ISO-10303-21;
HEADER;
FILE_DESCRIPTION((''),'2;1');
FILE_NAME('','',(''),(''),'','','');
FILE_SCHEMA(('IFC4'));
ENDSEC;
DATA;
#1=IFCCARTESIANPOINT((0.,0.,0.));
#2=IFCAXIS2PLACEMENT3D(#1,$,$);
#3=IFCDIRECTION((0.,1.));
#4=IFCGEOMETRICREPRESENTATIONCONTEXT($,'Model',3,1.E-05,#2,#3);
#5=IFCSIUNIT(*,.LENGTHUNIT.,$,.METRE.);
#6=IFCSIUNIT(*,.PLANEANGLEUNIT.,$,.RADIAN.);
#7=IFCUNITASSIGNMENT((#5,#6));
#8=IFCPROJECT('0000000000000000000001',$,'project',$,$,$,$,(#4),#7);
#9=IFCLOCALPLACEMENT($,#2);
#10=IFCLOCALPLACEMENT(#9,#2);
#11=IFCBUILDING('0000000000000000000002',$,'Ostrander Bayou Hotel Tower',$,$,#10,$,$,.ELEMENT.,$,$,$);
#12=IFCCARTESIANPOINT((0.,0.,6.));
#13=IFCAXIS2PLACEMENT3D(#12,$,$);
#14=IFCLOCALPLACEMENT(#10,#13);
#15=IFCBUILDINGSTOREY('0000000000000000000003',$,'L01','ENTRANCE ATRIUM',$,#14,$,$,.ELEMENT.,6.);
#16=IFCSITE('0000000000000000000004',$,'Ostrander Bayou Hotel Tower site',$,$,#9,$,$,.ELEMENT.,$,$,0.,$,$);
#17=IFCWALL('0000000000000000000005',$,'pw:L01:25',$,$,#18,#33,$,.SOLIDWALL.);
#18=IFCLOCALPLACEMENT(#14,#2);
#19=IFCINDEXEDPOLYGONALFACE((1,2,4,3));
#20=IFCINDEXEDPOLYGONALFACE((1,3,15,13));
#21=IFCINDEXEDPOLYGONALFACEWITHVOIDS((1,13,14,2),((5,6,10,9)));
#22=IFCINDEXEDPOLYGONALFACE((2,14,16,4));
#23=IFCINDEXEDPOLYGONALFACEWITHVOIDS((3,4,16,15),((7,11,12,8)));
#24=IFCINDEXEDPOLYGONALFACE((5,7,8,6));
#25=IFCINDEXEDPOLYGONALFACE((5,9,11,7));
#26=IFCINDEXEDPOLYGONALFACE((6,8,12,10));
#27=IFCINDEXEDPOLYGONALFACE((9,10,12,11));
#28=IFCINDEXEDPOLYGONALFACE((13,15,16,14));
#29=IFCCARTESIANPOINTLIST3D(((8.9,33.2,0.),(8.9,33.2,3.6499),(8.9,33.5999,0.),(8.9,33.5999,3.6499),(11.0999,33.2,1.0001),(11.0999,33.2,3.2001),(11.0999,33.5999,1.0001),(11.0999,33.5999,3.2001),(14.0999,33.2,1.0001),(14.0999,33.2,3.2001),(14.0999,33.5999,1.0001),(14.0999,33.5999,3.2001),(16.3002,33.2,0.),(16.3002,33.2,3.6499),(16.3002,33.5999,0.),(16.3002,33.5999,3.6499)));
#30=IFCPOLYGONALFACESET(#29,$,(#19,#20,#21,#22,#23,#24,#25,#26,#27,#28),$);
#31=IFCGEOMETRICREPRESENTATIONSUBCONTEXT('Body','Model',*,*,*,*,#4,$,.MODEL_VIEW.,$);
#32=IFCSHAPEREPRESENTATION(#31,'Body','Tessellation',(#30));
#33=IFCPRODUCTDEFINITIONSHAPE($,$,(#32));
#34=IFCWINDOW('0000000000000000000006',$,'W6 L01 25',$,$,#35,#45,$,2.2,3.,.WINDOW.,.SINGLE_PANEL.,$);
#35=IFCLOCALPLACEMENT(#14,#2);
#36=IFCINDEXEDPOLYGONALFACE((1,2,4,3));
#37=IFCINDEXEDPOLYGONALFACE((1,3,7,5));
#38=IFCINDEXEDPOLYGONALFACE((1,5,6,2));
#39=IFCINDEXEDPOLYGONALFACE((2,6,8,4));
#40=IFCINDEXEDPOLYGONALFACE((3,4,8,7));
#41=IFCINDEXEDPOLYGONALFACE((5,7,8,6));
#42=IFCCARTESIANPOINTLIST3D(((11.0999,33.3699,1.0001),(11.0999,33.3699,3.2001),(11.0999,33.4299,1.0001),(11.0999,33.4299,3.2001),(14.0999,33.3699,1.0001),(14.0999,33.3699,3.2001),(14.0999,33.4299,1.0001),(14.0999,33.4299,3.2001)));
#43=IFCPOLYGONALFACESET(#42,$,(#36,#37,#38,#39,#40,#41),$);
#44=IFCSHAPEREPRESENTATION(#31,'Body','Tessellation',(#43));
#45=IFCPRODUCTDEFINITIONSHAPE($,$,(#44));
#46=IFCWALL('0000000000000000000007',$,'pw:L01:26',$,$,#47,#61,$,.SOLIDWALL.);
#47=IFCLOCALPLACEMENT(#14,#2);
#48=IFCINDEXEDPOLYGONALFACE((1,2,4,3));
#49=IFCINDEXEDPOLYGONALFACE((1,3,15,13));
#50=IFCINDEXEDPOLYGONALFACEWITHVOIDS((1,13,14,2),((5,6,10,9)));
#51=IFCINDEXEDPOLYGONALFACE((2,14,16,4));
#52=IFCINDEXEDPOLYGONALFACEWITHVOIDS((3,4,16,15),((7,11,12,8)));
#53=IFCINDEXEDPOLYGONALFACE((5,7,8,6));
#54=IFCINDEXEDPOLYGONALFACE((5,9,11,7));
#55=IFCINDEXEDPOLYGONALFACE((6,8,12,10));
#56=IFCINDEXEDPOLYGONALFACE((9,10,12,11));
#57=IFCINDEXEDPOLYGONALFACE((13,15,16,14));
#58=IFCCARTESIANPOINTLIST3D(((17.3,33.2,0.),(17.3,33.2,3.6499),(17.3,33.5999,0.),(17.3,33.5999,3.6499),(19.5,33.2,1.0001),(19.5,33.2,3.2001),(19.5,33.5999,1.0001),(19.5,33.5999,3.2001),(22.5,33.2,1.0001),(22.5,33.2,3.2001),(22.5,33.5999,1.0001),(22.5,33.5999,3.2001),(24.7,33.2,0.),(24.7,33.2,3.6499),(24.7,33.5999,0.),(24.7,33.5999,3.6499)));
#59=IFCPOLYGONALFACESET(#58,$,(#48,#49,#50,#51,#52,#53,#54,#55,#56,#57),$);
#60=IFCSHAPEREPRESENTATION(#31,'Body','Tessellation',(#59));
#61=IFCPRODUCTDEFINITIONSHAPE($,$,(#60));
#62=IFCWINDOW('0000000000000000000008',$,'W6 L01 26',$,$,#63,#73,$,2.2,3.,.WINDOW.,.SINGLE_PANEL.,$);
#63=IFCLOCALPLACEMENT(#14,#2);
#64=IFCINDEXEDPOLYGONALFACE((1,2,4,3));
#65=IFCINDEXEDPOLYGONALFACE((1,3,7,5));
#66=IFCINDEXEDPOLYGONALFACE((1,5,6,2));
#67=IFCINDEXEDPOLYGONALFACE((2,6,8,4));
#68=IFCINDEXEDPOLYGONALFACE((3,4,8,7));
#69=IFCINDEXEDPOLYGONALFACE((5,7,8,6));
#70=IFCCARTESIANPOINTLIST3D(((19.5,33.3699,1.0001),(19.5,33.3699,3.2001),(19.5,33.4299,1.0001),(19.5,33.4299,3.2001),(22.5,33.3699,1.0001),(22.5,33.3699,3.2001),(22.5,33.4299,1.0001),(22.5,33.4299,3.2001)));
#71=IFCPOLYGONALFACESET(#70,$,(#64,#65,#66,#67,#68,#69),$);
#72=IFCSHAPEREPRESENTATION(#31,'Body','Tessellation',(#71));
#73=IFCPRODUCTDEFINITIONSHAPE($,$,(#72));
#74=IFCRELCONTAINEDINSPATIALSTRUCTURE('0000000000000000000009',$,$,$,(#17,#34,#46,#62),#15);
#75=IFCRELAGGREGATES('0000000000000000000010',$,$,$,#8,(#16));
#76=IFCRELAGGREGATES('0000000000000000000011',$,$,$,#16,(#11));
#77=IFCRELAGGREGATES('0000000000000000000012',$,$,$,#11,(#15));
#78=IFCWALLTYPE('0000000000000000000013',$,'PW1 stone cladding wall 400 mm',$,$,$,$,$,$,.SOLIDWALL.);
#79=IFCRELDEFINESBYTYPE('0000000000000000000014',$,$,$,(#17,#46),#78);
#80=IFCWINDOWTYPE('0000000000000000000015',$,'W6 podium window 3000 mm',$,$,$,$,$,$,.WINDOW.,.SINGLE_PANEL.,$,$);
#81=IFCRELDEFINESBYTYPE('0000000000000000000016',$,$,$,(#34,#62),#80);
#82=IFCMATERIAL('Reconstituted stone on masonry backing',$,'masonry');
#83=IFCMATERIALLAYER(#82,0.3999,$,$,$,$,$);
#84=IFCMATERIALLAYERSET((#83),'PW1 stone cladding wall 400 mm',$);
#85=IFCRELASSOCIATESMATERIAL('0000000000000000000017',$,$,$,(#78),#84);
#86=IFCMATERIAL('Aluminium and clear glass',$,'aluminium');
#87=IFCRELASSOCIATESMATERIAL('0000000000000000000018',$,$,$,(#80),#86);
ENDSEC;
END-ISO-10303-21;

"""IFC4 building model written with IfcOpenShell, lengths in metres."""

from ifc_helpers import new_model, si_unit, direction, frame, frame_2d, origin, place, context, subcontext, project, spatial, rectangle, extrude, material, layer, layer_set, type_object, element, fill, save


model = new_model("IFC4")

# Units and contexts
model_context = context("Model", 3, precision=1e-05, world=origin(), true_north=direction((0.0, 1.0)))
body_context = subcontext(model_context, "Body", "Model", "MODEL_VIEW")
ifc_project = project(units=[si_unit("LENGTHUNIT", "METRE"), si_unit("PLANEANGLEUNIT", "RADIAN")], contexts=[model_context])

# Site, building, storey
site_placement = place(None, origin())
site = spatial("IfcSite", under=ifc_project, at=site_placement, Name="Ostrander Bayou Hotel Tower site", CompositionType="ELEMENT", RefElevation=0.0)
building_placement = place(site_placement, origin())
building = spatial("IfcBuilding", under=site, at=building_placement, Name="Ostrander Bayou Hotel Tower", CompositionType="ELEMENT")
storey_placement = place(building_placement, frame((0.0, 0.0, 6.0)))
storey = spatial("IfcBuildingStorey", under=building, at=storey_placement, Name="L01", Description="ENTRANCE ATRIUM", CompositionType="ELEMENT", Elevation=6.0)

# Walls, openings, windows
ifc_material_1 = material(Name="Reconstituted stone on masonry backing", Category="masonry")
ifc_layer_1 = layer(ifc_material_1, 0.3999)
ifc_layer_set_1 = layer_set([ifc_layer_1], Name="PW1 stone cladding wall 400 mm")
wall_type_1 = type_object("IfcWallType", Name="PW1 stone cladding wall 400 mm", PredefinedType="SOLIDWALL", material=ifc_layer_set_1)
wall_1_placement = place(storey_placement, frame((8.8999, 33.3999, 0.0), z_axis=(0.0, 0.0, 1.0), x_axis=(1.0, 0.0, 0.0)))
wall_1 = element("IfcWall", 1, at=wall_1_placement, inside=storey, type_object=wall_type_1, Name="pw:L01:25", PredefinedType="SOLIDWALL", context=body_context, shape_type="SweptSolid", body=[
    extrude(rectangle(XDim=7.4001, YDim=0.3999, at=frame_2d((3.7002, 0.0))), origin(), (0.0, 0.0, 1.0), 3.6499),
])
opening_1_placement = place(wall_1_placement, frame((2.2, 0.0, 1.0)))
opening_1 = element("IfcOpeningElement", 2, at=opening_1_placement, cuts=wall_1, PredefinedType="OPENING", context=body_context, shape_type="SweptSolid", body=[
    extrude(rectangle(XDim=3.0, YDim=2.2, at=frame_2d((1.5, 1.1001))), frame((0.0, 0.2, 0.0), z_axis=(0.0, -1.0, 0.0), x_axis=(1.0, 0.0, 0.0)), (0.0, 0.0, 1.0), 0.3999),
])
ifc_material_2 = material(Name="Aluminium and clear glass", Category="aluminium")
window_type = type_object("IfcWindowType", Name="W6 podium window 3000 mm", PartitioningType="SINGLE_PANEL", PredefinedType="WINDOW", material=ifc_material_2)
window_1_placement = place(opening_1_placement, origin())
window_1 = element("IfcWindow", 3, at=window_1_placement, inside=storey, type_object=window_type, Name="W6 L01 25", OverallHeight=2.2, OverallWidth=3.0, PartitioningType="SINGLE_PANEL", PredefinedType="WINDOW", context=body_context, shape_type="SweptSolid", body=[
    extrude(rectangle(XDim=3.0, YDim=2.2, at=frame_2d((1.5, 1.1001))), frame((0.0, 0.03, 0.0), z_axis=(0.0, -1.0, 0.0), x_axis=(1.0, 0.0, 0.0)), (0.0, 0.0, 1.0), 0.0601),
])
fill(opening_1, window_1)
wall_2_placement = place(storey_placement, frame((17.3, 33.3999, 0.0), z_axis=(0.0, 0.0, 1.0), x_axis=(1.0, 0.0, 0.0)))
wall_2 = element("IfcWall", 4, at=wall_2_placement, inside=storey, type_object=wall_type_1, Name="pw:L01:26", PredefinedType="SOLIDWALL", context=body_context, shape_type="SweptSolid", body=[
    extrude(rectangle(XDim=7.3999, YDim=0.3999, at=frame_2d((3.7, 0.0))), origin(), (0.0, 0.0, 1.0), 3.6499),
])
opening_2_placement = place(wall_2_placement, frame((2.2, 0.0, 1.0)))
opening_2 = element("IfcOpeningElement", 5, at=opening_2_placement, cuts=wall_2, PredefinedType="OPENING", context=body_context, shape_type="SweptSolid", body=[
    extrude(rectangle(XDim=3.0, YDim=2.2, at=frame_2d((1.5, 1.1001))), frame((0.0, 0.2, 0.0), z_axis=(0.0, -1.0, 0.0), x_axis=(1.0, 0.0, 0.0)), (0.0, 0.0, 1.0), 0.3999),
])
window_2_placement = place(opening_2_placement, origin())
window_2 = element("IfcWindow", 6, at=window_2_placement, inside=storey, type_object=window_type, Name="W6 L01 26", OverallHeight=2.2, OverallWidth=3.0, PartitioningType="SINGLE_PANEL", PredefinedType="WINDOW", context=body_context, shape_type="SweptSolid", body=[
    extrude(rectangle(XDim=3.0, YDim=2.2, at=frame_2d((1.5, 1.1001))), frame((0.0, 0.03, 0.0), z_axis=(0.0, -1.0, 0.0), x_axis=(1.0, 0.0, 0.0)), (0.0, 0.0, 1.0), 0.0601),
])
fill(opening_2, window_2)

save(model, "model.ifc")
